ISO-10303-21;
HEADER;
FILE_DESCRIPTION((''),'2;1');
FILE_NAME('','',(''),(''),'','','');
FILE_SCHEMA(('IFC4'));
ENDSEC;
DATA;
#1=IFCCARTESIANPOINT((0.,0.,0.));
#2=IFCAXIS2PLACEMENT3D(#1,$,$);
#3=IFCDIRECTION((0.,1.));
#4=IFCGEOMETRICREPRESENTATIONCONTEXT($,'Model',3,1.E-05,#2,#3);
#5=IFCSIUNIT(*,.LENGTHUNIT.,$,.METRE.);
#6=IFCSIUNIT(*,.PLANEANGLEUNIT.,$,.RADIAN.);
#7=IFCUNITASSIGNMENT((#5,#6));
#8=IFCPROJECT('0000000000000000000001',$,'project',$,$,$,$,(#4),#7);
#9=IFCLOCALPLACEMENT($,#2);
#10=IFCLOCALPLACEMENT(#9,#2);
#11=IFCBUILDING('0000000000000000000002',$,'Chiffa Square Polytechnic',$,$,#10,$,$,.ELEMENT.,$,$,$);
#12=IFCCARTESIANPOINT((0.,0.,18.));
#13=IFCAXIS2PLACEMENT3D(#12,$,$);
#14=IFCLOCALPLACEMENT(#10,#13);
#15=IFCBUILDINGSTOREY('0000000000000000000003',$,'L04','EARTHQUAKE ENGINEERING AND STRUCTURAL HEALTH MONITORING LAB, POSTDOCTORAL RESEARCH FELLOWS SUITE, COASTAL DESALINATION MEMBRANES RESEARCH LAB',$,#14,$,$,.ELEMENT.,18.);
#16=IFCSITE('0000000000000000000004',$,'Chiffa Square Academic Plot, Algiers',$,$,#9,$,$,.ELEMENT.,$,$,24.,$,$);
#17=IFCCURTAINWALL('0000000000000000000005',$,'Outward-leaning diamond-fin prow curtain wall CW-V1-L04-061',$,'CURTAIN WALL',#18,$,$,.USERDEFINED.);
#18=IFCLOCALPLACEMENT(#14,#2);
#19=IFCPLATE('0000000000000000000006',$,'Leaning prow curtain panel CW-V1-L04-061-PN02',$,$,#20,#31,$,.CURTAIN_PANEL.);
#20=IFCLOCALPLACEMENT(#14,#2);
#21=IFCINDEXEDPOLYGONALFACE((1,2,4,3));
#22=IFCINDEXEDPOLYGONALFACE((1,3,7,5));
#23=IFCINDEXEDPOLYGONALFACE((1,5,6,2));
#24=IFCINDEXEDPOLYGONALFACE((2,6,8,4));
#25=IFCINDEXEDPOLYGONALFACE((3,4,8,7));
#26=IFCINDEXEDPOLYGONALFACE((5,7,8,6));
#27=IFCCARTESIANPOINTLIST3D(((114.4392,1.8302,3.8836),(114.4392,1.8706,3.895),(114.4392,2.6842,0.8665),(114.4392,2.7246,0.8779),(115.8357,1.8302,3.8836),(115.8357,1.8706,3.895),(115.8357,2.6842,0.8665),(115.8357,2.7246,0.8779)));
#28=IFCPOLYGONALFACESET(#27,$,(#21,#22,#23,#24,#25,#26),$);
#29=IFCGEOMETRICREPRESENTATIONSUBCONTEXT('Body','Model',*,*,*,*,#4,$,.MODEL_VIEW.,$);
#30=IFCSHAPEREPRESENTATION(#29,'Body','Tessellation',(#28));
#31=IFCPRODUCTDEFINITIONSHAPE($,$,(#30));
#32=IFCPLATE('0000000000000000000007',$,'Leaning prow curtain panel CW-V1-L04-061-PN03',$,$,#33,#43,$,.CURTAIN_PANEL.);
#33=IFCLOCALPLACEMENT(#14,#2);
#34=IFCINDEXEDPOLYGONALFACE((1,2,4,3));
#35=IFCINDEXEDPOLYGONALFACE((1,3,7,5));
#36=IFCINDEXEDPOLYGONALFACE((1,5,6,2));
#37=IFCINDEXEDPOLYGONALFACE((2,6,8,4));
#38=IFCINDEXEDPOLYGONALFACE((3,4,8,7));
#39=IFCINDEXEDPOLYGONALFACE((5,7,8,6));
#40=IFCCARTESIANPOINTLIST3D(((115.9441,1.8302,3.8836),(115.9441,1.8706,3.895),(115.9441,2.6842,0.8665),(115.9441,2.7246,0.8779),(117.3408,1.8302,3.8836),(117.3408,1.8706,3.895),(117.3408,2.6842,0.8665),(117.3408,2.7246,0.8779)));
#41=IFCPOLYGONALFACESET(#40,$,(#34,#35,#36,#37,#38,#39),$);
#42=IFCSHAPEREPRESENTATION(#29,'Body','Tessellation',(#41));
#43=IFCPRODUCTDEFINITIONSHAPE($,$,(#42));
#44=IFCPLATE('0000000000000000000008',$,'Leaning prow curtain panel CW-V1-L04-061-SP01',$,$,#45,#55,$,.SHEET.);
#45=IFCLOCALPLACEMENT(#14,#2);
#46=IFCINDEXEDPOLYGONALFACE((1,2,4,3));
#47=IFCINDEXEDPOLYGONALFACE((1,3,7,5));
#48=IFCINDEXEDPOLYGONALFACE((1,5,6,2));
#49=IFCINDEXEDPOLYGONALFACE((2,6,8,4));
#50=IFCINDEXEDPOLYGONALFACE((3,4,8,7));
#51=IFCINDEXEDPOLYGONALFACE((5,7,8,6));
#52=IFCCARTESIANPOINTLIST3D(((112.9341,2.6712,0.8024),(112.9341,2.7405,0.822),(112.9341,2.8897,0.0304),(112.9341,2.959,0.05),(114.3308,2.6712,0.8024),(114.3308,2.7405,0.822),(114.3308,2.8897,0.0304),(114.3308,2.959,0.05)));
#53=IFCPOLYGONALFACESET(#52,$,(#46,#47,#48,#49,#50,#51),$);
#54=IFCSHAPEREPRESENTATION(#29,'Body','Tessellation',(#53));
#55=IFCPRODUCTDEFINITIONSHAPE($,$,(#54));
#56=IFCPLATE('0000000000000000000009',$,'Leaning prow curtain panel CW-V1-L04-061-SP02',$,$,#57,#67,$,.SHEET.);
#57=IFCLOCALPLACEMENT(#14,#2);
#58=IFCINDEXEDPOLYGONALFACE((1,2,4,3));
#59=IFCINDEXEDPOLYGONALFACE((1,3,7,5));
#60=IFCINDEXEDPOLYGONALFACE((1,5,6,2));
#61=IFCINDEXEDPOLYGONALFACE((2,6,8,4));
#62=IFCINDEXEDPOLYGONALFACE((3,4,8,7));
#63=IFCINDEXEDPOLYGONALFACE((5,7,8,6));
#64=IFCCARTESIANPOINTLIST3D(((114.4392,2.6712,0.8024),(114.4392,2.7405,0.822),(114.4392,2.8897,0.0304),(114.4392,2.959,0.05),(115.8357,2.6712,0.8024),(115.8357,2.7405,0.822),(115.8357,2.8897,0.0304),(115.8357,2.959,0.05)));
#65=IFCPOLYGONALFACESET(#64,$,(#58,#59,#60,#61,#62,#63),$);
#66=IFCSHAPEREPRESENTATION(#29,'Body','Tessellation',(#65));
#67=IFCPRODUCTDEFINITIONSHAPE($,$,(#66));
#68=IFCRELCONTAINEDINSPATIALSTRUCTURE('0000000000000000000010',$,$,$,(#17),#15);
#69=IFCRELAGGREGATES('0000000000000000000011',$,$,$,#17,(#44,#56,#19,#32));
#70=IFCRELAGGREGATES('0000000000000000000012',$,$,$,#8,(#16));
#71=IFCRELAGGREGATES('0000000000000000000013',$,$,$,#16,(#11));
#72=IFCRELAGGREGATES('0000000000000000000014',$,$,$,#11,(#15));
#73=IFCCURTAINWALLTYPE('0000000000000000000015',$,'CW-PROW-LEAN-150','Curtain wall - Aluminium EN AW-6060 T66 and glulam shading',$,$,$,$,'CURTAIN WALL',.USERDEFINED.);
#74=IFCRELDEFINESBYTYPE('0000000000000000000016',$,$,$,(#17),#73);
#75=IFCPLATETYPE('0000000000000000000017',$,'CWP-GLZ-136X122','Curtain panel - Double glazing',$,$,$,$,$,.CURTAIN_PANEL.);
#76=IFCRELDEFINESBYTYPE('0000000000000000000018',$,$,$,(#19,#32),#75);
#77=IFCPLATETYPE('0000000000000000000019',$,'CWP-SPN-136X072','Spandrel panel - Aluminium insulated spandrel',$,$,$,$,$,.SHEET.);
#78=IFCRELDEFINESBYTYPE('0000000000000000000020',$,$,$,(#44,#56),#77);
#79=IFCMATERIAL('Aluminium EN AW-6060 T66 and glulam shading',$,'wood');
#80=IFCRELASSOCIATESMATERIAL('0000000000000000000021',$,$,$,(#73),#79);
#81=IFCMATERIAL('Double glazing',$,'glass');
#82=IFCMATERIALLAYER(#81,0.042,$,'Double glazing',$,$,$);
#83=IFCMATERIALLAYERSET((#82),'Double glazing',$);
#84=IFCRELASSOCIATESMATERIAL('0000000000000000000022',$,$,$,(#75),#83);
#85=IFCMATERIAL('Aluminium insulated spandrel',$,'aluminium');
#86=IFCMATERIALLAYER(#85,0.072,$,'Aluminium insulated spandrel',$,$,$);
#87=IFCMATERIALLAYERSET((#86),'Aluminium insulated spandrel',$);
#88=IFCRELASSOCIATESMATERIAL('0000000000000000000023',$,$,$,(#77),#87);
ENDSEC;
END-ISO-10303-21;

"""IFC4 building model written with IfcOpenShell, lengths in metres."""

from ifc_helpers import new_model, si_unit, direction, frame, origin, place, context, subcontext, project, spatial, polyline, outline, extrude, material, layer, layer_set, type_object, element, aggregate, save


model = new_model("IFC4")

# Units and contexts
model_context = context("Model", 3, precision=1e-05, world=origin(), true_north=direction((0.0, 1.0)))
body_context = subcontext(model_context, "Body", "Model", "MODEL_VIEW")
ifc_project = project(units=[si_unit("LENGTHUNIT", "METRE"), si_unit("PLANEANGLEUNIT", "RADIAN")], contexts=[model_context])

# Site, building, storey
site_placement = place(None, origin())
site = spatial("IfcSite", under=ifc_project, at=site_placement, Name="Chiffa Square Academic Plot, Algiers", CompositionType="ELEMENT", RefElevation=24.0)
building_placement = place(site_placement, origin())
building = spatial("IfcBuilding", under=site, at=building_placement, Name="Chiffa Square Polytechnic", CompositionType="ELEMENT")
storey_placement = place(building_placement, frame((0.0, 0.0, 18.0)))
storey = spatial("IfcBuildingStorey", under=building, at=storey_placement, Name="L04", Description="EARTHQUAKE ENGINEERING AND STRUCTURAL HEALTH MONITORING LAB, POSTDOCTORAL RESEARCH FELLOWS SUITE, COASTAL DESALINATION MEMBRANES RESEARCH LAB", CompositionType="ELEMENT", Elevation=18.0)

# Curtain wall
ifc_material_1 = material(Name="Aluminium EN AW-6060 T66 and glulam shading", Category="wood")
curtain_wall_type_1 = type_object("IfcCurtainWallType", Name="CW-PROW-LEAN-150", Description="Curtain wall - Aluminium EN AW-6060 T66 and glulam shading", ElementType="CURTAIN WALL", PredefinedType="USERDEFINED", material=ifc_material_1)
curtain_wall_1_placement = place(storey_placement, origin())
curtain_wall_1 = element("IfcCurtainWall", 1, at=curtain_wall_1_placement, inside=storey, type_object=curtain_wall_type_1, Name="Outward-leaning diamond-fin prow curtain wall CW-V1-L04-061", ObjectType="CURTAIN WALL", PredefinedType="USERDEFINED")

# Plates
ifc_material_2 = material(Name="Double glazing", Category="glass")
ifc_layer_1 = layer(ifc_material_2, 0.042, Name="Double glazing")
ifc_layer_set_1 = layer_set([ifc_layer_1], Name="Double glazing")
plate_type_1 = type_object("IfcPlateType", Name="CWP-GLZ-136X122", Description="Curtain panel - Double glazing", PredefinedType="CURTAIN_PANEL", material=ifc_layer_set_1)
plate_1_placement = place(storey_placement, frame((114.4392, 2.7246, 0.8779), z_axis=(0.0, 0.962197, 0.272355), x_axis=(1.0, 0.0, 0.0)))
plate_1 = element("IfcPlate", 2, at=plate_1_placement, type_object=plate_type_1, Name="Leaning prow curtain panel CW-V1-L04-061-PN02", PredefinedType="CURTAIN_PANEL", context=body_context, shape_type="SweptSolid", body=[
    extrude(outline(polyline([(0.0, 0.0), (1.3965, 0.0), (1.3965, -3.1356), (0.0, -3.1356), (0.0, 0.0)])), origin(), (0.0, 0.0, -1.0), 0.042),
])
plate_2_placement = place(storey_placement, frame((115.9441, 2.7246, 0.8779), z_axis=(0.0, 0.962197, 0.272355), x_axis=(1.0, 0.0, 0.0)))
plate_2 = element("IfcPlate", 3, at=plate_2_placement, type_object=plate_type_1, Name="Leaning prow curtain panel CW-V1-L04-061-PN03", PredefinedType="CURTAIN_PANEL", context=body_context, shape_type="SweptSolid", body=[
    extrude(outline(polyline([(0.0, 0.0), (1.3967, 0.0), (1.3967, -3.1356), (0.0, -3.1356), (0.0, 0.0)])), origin(), (0.0, 0.0, -1.0), 0.042),
])
ifc_material_3 = material(Name="Aluminium insulated spandrel", Category="aluminium")
ifc_layer_2 = layer(ifc_material_3, 0.072, Name="Aluminium insulated spandrel")
ifc_layer_set_2 = layer_set([ifc_layer_2], Name="Aluminium insulated spandrel")
plate_type_2 = type_object("IfcPlateType", Name="CWP-SPN-136X072", Description="Spandrel panel - Aluminium insulated spandrel", PredefinedType="SHEET", material=ifc_layer_set_2)
plate_3_placement = place(storey_placement, frame((112.9341, 2.959, 0.05), z_axis=(0.0, 0.962199, 0.272349), x_axis=(1.0, 0.0, 0.0)))
plate_3 = element("IfcPlate", 4, at=plate_3_placement, type_object=plate_type_2, Name="Leaning prow curtain panel CW-V1-L04-061-SP01", PredefinedType="SHEET", context=body_context, shape_type="SweptSolid", body=[
    extrude(outline(polyline([(0.0, 0.0), (1.3967, 0.0), (1.3967, -0.8023), (0.0, -0.8023), (0.0, 0.0)])), origin(), (0.0, 0.0, -1.0), 0.072),
])
plate_4_placement = place(storey_placement, frame((114.4392, 2.959, 0.05), z_axis=(0.0, 0.962199, 0.272349), x_axis=(1.0, 0.0, 0.0)))
plate_4 = element("IfcPlate", 5, at=plate_4_placement, type_object=plate_type_2, Name="Leaning prow curtain panel CW-V1-L04-061-SP02", PredefinedType="SHEET", context=body_context, shape_type="SweptSolid", body=[
    extrude(outline(polyline([(0.0, 0.0), (1.3965, 0.0), (1.3965, -0.8023), (0.0, -0.8023), (0.0, 0.0)])), origin(), (0.0, 0.0, -1.0), 0.072),
])
aggregate(curtain_wall_1, [plate_3, plate_4, plate_1, plate_2])

save(model, "model.ifc")
